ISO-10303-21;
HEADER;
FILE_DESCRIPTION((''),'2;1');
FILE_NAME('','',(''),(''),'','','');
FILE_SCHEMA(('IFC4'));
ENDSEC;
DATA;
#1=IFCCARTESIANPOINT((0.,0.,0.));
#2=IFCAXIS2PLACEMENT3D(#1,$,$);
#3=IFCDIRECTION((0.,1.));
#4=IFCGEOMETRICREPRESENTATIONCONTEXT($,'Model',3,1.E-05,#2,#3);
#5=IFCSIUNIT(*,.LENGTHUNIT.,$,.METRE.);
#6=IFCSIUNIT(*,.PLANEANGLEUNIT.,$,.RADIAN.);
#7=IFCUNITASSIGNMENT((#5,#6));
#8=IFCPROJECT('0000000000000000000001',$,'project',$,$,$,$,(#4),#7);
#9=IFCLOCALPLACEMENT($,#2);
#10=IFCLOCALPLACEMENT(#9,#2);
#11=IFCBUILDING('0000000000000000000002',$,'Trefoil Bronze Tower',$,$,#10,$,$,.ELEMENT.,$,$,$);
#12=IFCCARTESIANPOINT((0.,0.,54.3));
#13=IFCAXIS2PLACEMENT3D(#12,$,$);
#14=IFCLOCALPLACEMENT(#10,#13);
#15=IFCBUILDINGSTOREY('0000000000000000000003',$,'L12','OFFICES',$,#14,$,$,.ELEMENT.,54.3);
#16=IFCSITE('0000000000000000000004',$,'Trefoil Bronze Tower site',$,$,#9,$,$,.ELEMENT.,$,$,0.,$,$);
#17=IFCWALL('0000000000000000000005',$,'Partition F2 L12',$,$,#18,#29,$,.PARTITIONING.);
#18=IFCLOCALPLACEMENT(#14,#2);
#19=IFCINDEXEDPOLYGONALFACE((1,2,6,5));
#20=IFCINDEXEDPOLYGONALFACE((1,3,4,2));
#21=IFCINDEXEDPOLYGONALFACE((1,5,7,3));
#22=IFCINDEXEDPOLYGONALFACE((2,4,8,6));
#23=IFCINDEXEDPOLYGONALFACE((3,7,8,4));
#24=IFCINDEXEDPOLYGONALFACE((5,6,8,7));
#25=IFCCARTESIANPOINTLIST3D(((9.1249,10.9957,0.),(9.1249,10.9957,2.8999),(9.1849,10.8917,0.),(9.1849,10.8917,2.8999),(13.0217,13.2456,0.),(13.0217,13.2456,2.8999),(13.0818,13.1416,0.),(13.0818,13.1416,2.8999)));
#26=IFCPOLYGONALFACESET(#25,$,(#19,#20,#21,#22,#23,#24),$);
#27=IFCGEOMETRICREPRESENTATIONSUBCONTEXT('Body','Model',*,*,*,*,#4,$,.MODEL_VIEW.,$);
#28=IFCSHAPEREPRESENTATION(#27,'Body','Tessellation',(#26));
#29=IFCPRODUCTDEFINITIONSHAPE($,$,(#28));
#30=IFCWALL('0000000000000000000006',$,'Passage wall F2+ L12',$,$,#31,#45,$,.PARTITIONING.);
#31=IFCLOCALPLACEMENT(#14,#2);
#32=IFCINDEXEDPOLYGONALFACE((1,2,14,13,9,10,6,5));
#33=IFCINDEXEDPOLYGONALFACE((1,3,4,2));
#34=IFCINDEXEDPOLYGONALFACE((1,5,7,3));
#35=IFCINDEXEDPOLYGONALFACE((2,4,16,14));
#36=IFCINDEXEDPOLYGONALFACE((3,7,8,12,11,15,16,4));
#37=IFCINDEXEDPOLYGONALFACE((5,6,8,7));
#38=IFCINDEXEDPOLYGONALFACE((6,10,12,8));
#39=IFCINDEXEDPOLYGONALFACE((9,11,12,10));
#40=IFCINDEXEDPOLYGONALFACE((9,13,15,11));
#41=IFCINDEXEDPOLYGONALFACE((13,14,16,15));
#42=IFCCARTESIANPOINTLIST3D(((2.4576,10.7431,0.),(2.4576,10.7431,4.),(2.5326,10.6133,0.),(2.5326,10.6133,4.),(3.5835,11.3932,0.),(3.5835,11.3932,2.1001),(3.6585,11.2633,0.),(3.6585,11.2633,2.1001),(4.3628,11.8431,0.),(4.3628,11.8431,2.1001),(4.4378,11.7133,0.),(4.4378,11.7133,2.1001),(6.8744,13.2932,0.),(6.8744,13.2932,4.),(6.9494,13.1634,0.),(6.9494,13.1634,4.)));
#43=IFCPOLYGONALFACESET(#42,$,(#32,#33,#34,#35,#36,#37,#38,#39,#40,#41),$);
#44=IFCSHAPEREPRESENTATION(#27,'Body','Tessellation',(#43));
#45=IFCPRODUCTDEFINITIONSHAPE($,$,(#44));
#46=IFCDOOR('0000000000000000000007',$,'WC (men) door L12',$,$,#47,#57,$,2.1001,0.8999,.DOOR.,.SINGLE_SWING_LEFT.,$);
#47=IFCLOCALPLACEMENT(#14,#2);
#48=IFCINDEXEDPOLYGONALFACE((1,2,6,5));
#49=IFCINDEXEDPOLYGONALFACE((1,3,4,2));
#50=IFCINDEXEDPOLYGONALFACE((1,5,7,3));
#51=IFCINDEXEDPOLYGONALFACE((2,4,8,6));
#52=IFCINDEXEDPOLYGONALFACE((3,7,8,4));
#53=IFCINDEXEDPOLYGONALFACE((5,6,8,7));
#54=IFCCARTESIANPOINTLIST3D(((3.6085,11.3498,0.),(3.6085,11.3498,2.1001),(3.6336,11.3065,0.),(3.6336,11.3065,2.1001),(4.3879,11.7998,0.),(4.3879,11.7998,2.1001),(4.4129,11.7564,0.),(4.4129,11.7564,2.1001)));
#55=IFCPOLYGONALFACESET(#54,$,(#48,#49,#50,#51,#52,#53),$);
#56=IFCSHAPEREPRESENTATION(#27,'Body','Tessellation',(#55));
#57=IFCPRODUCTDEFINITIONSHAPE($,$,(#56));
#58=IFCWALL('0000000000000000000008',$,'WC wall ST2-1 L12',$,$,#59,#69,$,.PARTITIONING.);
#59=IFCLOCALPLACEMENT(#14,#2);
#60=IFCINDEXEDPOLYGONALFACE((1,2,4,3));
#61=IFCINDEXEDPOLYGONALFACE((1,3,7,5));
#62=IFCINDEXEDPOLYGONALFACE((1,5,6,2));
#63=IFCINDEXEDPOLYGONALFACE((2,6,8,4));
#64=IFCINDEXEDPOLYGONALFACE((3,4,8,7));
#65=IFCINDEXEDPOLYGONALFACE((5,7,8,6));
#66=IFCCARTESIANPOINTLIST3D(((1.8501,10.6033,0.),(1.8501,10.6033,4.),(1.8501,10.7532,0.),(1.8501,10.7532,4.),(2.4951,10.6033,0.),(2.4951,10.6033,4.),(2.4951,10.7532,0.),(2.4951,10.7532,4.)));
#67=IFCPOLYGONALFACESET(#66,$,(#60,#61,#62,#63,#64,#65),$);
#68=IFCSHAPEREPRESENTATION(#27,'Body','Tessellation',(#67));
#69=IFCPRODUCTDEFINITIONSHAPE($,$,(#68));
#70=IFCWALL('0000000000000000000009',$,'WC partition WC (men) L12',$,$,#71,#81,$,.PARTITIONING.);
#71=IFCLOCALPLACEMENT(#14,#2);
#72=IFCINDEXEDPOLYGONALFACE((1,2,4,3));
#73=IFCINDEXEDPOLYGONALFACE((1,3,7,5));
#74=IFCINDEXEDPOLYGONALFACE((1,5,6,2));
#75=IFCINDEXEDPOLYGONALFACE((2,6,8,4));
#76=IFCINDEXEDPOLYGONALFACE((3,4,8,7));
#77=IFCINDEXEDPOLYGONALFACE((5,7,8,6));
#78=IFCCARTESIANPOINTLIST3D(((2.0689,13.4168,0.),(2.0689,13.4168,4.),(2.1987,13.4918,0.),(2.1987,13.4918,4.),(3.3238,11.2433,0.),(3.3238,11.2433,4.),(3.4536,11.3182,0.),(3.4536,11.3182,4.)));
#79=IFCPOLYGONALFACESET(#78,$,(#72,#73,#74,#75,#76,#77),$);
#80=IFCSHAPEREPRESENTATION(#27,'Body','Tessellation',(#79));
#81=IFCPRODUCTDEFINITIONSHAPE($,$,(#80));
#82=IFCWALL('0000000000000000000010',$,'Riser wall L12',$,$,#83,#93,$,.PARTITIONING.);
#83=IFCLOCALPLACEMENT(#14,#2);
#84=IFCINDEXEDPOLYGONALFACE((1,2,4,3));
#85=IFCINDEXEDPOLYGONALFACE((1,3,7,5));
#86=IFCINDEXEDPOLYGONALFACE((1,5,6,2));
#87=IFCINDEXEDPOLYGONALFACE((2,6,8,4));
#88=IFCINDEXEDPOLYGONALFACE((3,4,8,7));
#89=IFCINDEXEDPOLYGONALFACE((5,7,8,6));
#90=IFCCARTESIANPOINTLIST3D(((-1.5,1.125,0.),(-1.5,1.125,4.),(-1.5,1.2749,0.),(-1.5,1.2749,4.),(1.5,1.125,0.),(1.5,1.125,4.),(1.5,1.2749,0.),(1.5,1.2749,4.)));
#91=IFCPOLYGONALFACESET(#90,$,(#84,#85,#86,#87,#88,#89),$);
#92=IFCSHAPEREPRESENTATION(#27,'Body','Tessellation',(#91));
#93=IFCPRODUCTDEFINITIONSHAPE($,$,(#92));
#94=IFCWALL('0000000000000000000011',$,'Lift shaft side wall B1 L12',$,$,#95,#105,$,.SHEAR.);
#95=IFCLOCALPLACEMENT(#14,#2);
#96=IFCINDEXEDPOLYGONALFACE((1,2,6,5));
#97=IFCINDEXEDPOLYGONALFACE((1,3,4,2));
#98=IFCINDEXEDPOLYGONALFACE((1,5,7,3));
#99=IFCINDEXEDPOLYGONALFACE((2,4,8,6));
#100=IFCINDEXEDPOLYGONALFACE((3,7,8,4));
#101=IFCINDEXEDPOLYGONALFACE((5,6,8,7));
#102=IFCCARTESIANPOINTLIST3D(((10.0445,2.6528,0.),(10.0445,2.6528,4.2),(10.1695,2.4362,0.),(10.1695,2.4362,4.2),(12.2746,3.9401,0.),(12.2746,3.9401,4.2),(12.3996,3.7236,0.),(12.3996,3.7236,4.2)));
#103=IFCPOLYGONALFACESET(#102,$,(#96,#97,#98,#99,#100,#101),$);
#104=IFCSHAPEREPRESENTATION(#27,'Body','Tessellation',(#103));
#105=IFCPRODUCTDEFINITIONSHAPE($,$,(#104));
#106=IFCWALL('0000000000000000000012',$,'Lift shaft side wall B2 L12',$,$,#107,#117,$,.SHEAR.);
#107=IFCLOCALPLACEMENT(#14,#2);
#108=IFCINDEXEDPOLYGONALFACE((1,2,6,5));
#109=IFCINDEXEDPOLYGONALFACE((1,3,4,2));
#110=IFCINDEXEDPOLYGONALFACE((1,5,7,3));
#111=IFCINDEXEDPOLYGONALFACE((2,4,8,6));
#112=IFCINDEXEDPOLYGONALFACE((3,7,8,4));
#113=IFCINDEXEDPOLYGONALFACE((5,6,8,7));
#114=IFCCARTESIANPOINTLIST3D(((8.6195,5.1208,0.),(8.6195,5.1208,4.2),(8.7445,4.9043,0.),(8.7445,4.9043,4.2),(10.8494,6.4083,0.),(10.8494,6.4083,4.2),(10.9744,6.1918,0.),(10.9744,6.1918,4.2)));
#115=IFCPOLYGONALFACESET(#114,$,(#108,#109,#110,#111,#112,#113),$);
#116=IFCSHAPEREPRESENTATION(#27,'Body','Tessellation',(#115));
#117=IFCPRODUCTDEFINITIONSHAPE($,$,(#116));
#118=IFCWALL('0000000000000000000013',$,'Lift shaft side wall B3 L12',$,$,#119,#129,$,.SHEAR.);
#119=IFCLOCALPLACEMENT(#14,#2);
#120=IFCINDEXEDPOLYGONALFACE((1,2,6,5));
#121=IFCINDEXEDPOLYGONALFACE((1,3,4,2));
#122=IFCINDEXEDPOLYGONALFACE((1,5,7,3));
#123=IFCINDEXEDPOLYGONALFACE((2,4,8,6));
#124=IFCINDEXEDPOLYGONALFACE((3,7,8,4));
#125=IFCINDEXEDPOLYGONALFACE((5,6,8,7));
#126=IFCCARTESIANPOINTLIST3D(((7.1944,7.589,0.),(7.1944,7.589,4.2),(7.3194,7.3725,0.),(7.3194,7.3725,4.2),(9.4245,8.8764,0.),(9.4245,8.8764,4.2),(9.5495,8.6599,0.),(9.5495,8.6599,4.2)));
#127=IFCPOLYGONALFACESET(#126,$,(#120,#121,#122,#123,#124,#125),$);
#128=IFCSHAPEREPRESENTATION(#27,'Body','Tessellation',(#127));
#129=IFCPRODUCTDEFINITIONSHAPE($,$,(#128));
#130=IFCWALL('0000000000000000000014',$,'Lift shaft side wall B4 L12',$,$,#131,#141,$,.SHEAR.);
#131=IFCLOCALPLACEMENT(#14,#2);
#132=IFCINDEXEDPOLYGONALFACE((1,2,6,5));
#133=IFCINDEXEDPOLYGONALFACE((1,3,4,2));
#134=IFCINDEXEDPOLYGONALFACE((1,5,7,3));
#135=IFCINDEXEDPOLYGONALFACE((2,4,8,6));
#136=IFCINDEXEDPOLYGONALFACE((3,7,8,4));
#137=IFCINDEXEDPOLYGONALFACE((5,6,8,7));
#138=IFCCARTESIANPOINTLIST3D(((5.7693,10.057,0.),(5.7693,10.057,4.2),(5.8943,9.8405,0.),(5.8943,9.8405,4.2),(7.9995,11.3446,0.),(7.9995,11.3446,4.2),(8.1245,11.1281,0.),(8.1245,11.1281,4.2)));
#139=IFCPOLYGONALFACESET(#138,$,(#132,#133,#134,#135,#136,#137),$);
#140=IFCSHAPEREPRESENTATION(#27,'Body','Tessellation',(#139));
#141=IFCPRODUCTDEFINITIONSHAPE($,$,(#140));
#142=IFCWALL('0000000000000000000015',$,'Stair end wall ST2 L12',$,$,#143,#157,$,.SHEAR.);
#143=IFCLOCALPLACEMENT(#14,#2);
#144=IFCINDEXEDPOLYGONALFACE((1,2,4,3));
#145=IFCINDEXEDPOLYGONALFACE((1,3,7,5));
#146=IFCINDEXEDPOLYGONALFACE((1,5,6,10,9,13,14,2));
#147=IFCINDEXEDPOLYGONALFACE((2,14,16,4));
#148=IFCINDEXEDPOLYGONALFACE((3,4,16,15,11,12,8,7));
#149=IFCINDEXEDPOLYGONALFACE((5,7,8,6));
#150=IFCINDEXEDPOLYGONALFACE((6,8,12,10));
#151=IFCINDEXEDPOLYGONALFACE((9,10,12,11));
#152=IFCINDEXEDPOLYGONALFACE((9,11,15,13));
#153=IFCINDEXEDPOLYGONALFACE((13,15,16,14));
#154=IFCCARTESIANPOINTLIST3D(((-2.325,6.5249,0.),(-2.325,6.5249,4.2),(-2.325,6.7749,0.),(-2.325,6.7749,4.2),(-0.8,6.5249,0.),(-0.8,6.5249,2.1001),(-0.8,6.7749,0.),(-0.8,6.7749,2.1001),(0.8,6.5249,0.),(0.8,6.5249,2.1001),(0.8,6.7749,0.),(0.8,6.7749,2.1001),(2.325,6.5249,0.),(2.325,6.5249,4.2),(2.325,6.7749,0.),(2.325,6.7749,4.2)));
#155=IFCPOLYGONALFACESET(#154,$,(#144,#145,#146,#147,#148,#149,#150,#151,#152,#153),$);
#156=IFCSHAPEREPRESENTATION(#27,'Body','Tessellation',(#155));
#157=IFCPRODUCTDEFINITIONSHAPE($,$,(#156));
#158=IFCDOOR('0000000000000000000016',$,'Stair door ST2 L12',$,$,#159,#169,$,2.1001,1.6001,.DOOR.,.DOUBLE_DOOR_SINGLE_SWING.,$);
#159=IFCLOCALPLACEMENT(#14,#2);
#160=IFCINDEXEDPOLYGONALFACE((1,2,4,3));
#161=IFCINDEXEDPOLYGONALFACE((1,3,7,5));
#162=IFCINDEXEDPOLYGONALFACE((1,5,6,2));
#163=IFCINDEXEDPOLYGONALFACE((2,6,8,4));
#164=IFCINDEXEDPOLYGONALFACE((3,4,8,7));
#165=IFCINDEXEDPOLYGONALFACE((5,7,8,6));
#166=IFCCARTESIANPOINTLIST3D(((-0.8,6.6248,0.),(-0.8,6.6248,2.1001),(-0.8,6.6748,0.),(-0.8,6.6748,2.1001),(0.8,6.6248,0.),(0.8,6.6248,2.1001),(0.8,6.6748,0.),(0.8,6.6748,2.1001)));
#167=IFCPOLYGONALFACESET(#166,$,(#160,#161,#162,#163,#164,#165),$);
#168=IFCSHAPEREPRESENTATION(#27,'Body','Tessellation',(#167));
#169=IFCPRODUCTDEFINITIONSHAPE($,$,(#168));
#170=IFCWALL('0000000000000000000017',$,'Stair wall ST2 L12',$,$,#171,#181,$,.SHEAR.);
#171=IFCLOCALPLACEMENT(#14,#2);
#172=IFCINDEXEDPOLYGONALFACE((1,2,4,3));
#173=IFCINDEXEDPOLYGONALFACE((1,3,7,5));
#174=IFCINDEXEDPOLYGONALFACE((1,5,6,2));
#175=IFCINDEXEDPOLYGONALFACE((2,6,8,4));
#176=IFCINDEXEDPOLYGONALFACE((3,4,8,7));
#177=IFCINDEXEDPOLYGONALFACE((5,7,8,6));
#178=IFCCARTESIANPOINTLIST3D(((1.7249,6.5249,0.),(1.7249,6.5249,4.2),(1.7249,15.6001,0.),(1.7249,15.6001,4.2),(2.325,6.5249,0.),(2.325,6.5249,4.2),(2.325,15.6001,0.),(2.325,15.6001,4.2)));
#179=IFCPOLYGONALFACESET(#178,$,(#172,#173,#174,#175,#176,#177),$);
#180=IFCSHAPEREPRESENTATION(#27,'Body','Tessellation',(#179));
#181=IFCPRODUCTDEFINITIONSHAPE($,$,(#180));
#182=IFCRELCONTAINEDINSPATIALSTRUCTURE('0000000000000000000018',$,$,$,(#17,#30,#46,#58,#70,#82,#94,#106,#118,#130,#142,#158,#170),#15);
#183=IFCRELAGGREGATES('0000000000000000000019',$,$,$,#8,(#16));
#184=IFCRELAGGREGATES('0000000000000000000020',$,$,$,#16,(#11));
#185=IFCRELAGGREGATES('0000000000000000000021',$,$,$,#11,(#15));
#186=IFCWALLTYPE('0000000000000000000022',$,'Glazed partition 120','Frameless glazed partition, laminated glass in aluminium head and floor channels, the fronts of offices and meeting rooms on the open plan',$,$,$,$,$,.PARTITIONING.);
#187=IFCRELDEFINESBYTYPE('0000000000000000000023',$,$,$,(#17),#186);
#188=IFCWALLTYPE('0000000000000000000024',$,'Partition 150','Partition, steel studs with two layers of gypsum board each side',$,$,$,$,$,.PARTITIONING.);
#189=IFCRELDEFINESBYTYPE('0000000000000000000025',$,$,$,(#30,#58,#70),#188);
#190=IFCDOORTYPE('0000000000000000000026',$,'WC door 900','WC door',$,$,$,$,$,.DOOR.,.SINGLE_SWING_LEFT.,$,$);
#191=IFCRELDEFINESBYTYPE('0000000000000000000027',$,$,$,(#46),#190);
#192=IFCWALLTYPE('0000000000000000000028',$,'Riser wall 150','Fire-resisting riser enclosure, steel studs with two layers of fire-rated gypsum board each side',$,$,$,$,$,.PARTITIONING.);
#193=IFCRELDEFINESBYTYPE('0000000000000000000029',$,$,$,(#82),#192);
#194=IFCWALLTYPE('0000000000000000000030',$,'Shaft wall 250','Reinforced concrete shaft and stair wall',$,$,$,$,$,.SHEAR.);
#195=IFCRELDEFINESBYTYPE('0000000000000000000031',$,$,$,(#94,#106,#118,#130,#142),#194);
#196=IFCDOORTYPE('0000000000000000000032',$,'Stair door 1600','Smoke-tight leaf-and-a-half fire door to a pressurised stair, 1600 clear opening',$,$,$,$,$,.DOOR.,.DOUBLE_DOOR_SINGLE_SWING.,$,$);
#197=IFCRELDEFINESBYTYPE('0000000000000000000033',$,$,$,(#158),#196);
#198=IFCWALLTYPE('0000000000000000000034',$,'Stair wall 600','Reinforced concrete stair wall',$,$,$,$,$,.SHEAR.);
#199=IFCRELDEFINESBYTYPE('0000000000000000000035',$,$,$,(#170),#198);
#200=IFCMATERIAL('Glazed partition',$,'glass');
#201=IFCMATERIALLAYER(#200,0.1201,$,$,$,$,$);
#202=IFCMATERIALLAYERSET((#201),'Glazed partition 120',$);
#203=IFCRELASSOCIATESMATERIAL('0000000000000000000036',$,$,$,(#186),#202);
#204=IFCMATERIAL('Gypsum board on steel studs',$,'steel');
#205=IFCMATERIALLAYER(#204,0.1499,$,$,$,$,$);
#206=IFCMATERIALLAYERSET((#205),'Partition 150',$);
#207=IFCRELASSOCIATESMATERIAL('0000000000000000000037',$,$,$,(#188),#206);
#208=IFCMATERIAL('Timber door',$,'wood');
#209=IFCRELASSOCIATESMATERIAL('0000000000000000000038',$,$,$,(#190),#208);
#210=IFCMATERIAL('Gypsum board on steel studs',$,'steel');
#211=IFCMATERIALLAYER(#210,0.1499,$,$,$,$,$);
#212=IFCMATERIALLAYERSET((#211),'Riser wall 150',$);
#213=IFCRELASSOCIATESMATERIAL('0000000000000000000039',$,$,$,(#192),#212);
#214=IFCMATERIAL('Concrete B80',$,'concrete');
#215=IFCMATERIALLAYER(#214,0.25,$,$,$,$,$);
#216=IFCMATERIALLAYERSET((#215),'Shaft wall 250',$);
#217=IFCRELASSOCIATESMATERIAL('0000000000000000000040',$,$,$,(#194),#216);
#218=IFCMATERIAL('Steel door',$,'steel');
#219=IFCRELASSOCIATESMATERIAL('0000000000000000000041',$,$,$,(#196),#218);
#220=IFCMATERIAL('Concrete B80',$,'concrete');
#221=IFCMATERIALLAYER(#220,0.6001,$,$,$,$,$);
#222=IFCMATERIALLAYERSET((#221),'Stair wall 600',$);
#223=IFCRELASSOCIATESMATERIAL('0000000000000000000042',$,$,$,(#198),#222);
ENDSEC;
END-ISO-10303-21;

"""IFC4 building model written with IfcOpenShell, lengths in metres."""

from ifc_helpers import new_model, si_unit, direction, frame, frame_2d, origin, place, context, subcontext, project, spatial, rectangle, extrude, material, layer, layer_set, type_object, element, fill, save


model = new_model("IFC4")

# Units and contexts
model_context = context("Model", 3, precision=1e-05, world=origin(), true_north=direction((0.0, 1.0)))
body_context = subcontext(model_context, "Body", "Model", "MODEL_VIEW")
ifc_project = project(units=[si_unit("LENGTHUNIT", "METRE"), si_unit("PLANEANGLEUNIT", "RADIAN")], contexts=[model_context])

# Site, building, storey
site_placement = place(None, origin())
site = spatial("IfcSite", under=ifc_project, at=site_placement, Name="Trefoil Bronze Tower site", CompositionType="ELEMENT", RefElevation=0.0)
building_placement = place(site_placement, origin())
building = spatial("IfcBuilding", under=site, at=building_placement, Name="Trefoil Bronze Tower", CompositionType="ELEMENT")
storey_placement = place(building_placement, frame((0.0, 0.0, 54.3)))
storey = spatial("IfcBuildingStorey", under=building, at=storey_placement, Name="L12", Description="OFFICES", CompositionType="ELEMENT", Elevation=54.3)

# Wall
ifc_material_1 = material(Name="Glazed partition", Category="glass")
ifc_layer_1 = layer(ifc_material_1, 0.1201)
ifc_layer_set_1 = layer_set([ifc_layer_1], Name="Glazed partition 120")
wall_type_1 = type_object("IfcWallType", Name="Glazed partition 120", Description="Frameless glazed partition, laminated glass in aluminium head and floor channels, the fronts of offices and meeting rooms on the open plan", PredefinedType="PARTITIONING", material=ifc_layer_set_1)
wall_1_placement = place(storey_placement, frame((9.1548, 10.9436, 0.0), z_axis=(0.0, 0.0, 1.0), x_axis=(0.866018, 0.500014, 0.0)))
element("IfcWall", 1, at=wall_1_placement, inside=storey, type_object=wall_type_1, Name="Partition F2 L12", PredefinedType="PARTITIONING", context=body_context, shape_type="SweptSolid", body=[
    extrude(rectangle(XDim=4.4998, YDim=0.1201, at=frame_2d((2.25, 0.0))), origin(), (0.0, 0.0, 1.0), 2.8999),
])

# Wall, opening, door
ifc_material_2 = material(Name="Gypsum board on steel studs", Category="steel")
ifc_layer_2 = layer(ifc_material_2, 0.1499)
ifc_layer_set_2 = layer_set([ifc_layer_2], Name="Partition 150")
wall_type_2 = type_object("IfcWallType", Name="Partition 150", Description="Partition, steel studs with two layers of gypsum board each side", PredefinedType="PARTITIONING", material=ifc_layer_set_2)
wall_2_placement = place(storey_placement, frame((2.4951, 10.6782, 0.0), z_axis=(0.0, 0.0, 1.0), x_axis=(0.866022, 0.500006, 0.0)))
wall_2 = element("IfcWall", 2, at=wall_2_placement, inside=storey, type_object=wall_type_2, Name="Passage wall F2+ L12", PredefinedType="PARTITIONING", context=body_context, shape_type="SweptSolid", body=[
    extrude(rectangle(XDim=5.1001, YDim=0.1499, at=frame_2d((2.55, 0.0))), origin(), (0.0, 0.0, 1.0), 4.0),
])
opening_1_placement = place(wall_2_placement, frame((1.3, 0.0, 0.0)))
opening_1 = element("IfcOpeningElement", 3, at=opening_1_placement, cuts=wall_2, PredefinedType="OPENING", context=body_context, shape_type="SweptSolid", body=[
    extrude(rectangle(XDim=0.8999, YDim=2.1001, at=frame_2d((0.45, 1.05))), frame((0.0, 0.085, 0.0), z_axis=(0.0, -1.0, 0.0), x_axis=(1.0, 0.0, 0.0)), (0.0, 0.0, 1.0), 0.1699),
])
ifc_material_3 = material(Name="Timber door", Category="wood")
door_type_1 = type_object("IfcDoorType", Name="WC door 900", Description="WC door", OperationType="SINGLE_SWING_LEFT", PredefinedType="DOOR", material=ifc_material_3)
door_1_placement = place(opening_1_placement, origin())
door_1 = element("IfcDoor", 4, at=door_1_placement, inside=storey, type_object=door_type_1, Name="WC (men) door L12", OperationType="SINGLE_SWING_LEFT", OverallHeight=2.1001, OverallWidth=0.8999, PredefinedType="DOOR", context=body_context, shape_type="SweptSolid", body=[
    extrude(rectangle(XDim=0.8999, YDim=2.1001, at=frame_2d((0.45, 1.05))), frame((0.0, 0.0249, 0.0), z_axis=(0.0, -1.0, 0.0), x_axis=(1.0, 0.0, 0.0)), (0.0, 0.0, 1.0), 0.05),
])
fill(opening_1, door_1)

# Walls
wall_3_placement = place(storey_placement, frame((2.4951, 10.6782, 0.0), z_axis=(0.0, 0.0, 1.0), x_axis=(-1.0, 0.0, 0.0)))
element("IfcWall", 5, at=wall_3_placement, inside=storey, type_object=wall_type_2, Name="WC wall ST2-1 L12", PredefinedType="PARTITIONING", context=body_context, shape_type="SweptSolid", body=[
    extrude(rectangle(XDim=0.645, YDim=0.1499, at=frame_2d((0.3225, 0.0))), origin(), (0.0, 0.0, 1.0), 4.0),
])
wall_4_placement = place(storey_placement, frame((3.3887, 11.2808, 0.0), z_axis=(0.0, 0.0, 1.0), x_axis=(-0.499989, 0.866032, 0.0)))
element("IfcWall", 6, at=wall_4_placement, inside=storey, type_object=wall_type_2, Name="WC partition WC (men) L12", PredefinedType="PARTITIONING", context=body_context, shape_type="SweptSolid", body=[
    extrude(rectangle(XDim=2.5098, YDim=0.1499, at=frame_2d((1.2549, 0.0))), origin(), (0.0, 0.0, 1.0), 4.0),
])
ifc_material_4 = material(Name="Gypsum board on steel studs", Category="steel")
ifc_layer_3 = layer(ifc_material_4, 0.1499)
ifc_layer_set_3 = layer_set([ifc_layer_3], Name="Riser wall 150")
wall_type_3 = type_object("IfcWallType", Name="Riser wall 150", Description="Fire-resisting riser enclosure, steel studs with two layers of fire-rated gypsum board each side", PredefinedType="PARTITIONING", material=ifc_layer_set_3)
wall_5_placement = place(storey_placement, frame((1.5, 1.2, 0.0), z_axis=(0.0, 0.0, 1.0), x_axis=(-1.0, 0.0, 0.0)))
element("IfcWall", 7, at=wall_5_placement, inside=storey, type_object=wall_type_3, Name="Riser wall L12", PredefinedType="PARTITIONING", context=body_context, shape_type="SweptSolid", body=[
    extrude(rectangle(XDim=3.0, YDim=0.1499, at=frame_2d((1.5, 0.0))), origin(), (0.0, 0.0, 1.0), 4.0),
])
ifc_material_5 = material(Name="Concrete B80", Category="concrete")
ifc_layer_4 = layer(ifc_material_5, 0.25)
ifc_layer_set_4 = layer_set([ifc_layer_4], Name="Shaft wall 250")
wall_type_4 = type_object("IfcWallType", Name="Shaft wall 250", Description="Reinforced concrete shaft and stair wall", PredefinedType="SHEAR", material=ifc_layer_set_4)
for number, where, z_axis, x_axis, name in (
    (8, (10.1069, 2.5444, 0.0), (0.0, 0.0, 1.0), (0.866047, 0.499963, 0.0), "Lift shaft side wall B1 L12"),
    (9, (8.6819, 5.0125, 0.0), (0.0, 0.0, 1.0), (0.866006, 0.500034, 0.0), "Lift shaft side wall B2 L12"),
    (10, (7.2568, 7.4807, 0.0), (0.0, 0.0, 1.0), (0.866047, 0.499963, 0.0), "Lift shaft side wall B3 L12"),
):
    element("IfcWall", number, at=place(storey_placement, frame(where, z_axis=z_axis, x_axis=x_axis)), inside=storey, type_object=wall_type_4, Name=name, PredefinedType="SHEAR", context=body_context, shape_type="SweptSolid", body=[
        extrude(rectangle(XDim=2.575, YDim=0.25, at=frame_2d((1.2876, 0.0))), origin(), (0.0, 0.0, 1.0), 4.2),
    ])
wall_6_placement = place(storey_placement, frame((5.8318, 9.9487, 0.0), z_axis=(0.0, 0.0, 1.0), x_axis=(0.866029, 0.499993, 0.0)))
element("IfcWall", 11, at=wall_6_placement, inside=storey, type_object=wall_type_4, Name="Lift shaft side wall B4 L12", PredefinedType="SHEAR", context=body_context, shape_type="SweptSolid", body=[
    extrude(rectangle(XDim=2.5752, YDim=0.25, at=frame_2d((1.2876, 0.0))), origin(), (0.0, 0.0, 1.0), 4.2),
])

# Wall, opening, door
wall_7_placement = place(storey_placement, frame((2.325, 6.6499, 0.0), z_axis=(0.0, 0.0, 1.0), x_axis=(-1.0, 0.0, 0.0)))
wall_7 = element("IfcWall", 12, at=wall_7_placement, inside=storey, type_object=wall_type_4, Name="Stair end wall ST2 L12", PredefinedType="SHEAR", context=body_context, shape_type="SweptSolid", body=[
    extrude(rectangle(XDim=4.6499, YDim=0.25, at=frame_2d((2.325, 0.0))), origin(), (0.0, 0.0, 1.0), 4.2),
])
opening_2_placement = place(wall_7_placement, frame((1.5249, 0.0, 0.0)))
opening_2 = element("IfcOpeningElement", 13, at=opening_2_placement, cuts=wall_7, PredefinedType="OPENING", context=body_context, shape_type="SweptSolid", body=[
    extrude(rectangle(XDim=1.6001, YDim=2.1001, at=frame_2d((0.8, 1.05))), frame((0.0, 0.135, 0.0), z_axis=(0.0, -1.0, 0.0), x_axis=(1.0, 0.0, 0.0)), (0.0, 0.0, 1.0), 0.27),
])
ifc_material_6 = material(Name="Steel door", Category="steel")
door_type_2 = type_object("IfcDoorType", Name="Stair door 1600", Description="Smoke-tight leaf-and-a-half fire door to a pressurised stair, 1600 clear opening", OperationType="DOUBLE_DOOR_SINGLE_SWING", PredefinedType="DOOR", material=ifc_material_6)
door_2_placement = place(opening_2_placement, frame((1.6001, 0.0, 0.0), z_axis=(0.0, 0.0, 1.0), x_axis=(-1.0, 0.0, 0.0)))
door_2 = element("IfcDoor", 14, at=door_2_placement, inside=storey, type_object=door_type_2, Name="Stair door ST2 L12", OperationType="DOUBLE_DOOR_SINGLE_SWING", OverallHeight=2.1001, OverallWidth=1.6001, PredefinedType="DOOR", context=body_context, shape_type="SweptSolid", body=[
    extrude(rectangle(XDim=1.6001, YDim=2.1001, at=frame_2d((0.8, 1.05))), frame((0.0, 0.0249, 0.0), z_axis=(0.0, -1.0, 0.0), x_axis=(1.0, 0.0, 0.0)), (0.0, 0.0, 1.0), 0.05),
])
fill(opening_2, door_2)

# Wall
ifc_material_7 = material(Name="Concrete B80", Category="concrete")
ifc_layer_5 = layer(ifc_material_7, 0.6001)
ifc_layer_set_5 = layer_set([ifc_layer_5], Name="Stair wall 600")
wall_type_5 = type_object("IfcWallType", Name="Stair wall 600", Description="Reinforced concrete stair wall", PredefinedType="SHEAR", material=ifc_layer_set_5)
wall_8_placement = place(storey_placement, frame((2.0249, 6.5249, 0.0), z_axis=(0.0, 0.0, 1.0), x_axis=(0.0, 1.0, 0.0)))
element("IfcWall", 15, at=wall_8_placement, inside=storey, type_object=wall_type_5, Name="Stair wall ST2 L12", PredefinedType="SHEAR", context=body_context, shape_type="SweptSolid", body=[
    extrude(rectangle(XDim=9.0752, YDim=0.6001, at=frame_2d((4.5376, 0.0))), origin(), (0.0, 0.0, 1.0), 4.2),
])

save(model, "model.ifc")
